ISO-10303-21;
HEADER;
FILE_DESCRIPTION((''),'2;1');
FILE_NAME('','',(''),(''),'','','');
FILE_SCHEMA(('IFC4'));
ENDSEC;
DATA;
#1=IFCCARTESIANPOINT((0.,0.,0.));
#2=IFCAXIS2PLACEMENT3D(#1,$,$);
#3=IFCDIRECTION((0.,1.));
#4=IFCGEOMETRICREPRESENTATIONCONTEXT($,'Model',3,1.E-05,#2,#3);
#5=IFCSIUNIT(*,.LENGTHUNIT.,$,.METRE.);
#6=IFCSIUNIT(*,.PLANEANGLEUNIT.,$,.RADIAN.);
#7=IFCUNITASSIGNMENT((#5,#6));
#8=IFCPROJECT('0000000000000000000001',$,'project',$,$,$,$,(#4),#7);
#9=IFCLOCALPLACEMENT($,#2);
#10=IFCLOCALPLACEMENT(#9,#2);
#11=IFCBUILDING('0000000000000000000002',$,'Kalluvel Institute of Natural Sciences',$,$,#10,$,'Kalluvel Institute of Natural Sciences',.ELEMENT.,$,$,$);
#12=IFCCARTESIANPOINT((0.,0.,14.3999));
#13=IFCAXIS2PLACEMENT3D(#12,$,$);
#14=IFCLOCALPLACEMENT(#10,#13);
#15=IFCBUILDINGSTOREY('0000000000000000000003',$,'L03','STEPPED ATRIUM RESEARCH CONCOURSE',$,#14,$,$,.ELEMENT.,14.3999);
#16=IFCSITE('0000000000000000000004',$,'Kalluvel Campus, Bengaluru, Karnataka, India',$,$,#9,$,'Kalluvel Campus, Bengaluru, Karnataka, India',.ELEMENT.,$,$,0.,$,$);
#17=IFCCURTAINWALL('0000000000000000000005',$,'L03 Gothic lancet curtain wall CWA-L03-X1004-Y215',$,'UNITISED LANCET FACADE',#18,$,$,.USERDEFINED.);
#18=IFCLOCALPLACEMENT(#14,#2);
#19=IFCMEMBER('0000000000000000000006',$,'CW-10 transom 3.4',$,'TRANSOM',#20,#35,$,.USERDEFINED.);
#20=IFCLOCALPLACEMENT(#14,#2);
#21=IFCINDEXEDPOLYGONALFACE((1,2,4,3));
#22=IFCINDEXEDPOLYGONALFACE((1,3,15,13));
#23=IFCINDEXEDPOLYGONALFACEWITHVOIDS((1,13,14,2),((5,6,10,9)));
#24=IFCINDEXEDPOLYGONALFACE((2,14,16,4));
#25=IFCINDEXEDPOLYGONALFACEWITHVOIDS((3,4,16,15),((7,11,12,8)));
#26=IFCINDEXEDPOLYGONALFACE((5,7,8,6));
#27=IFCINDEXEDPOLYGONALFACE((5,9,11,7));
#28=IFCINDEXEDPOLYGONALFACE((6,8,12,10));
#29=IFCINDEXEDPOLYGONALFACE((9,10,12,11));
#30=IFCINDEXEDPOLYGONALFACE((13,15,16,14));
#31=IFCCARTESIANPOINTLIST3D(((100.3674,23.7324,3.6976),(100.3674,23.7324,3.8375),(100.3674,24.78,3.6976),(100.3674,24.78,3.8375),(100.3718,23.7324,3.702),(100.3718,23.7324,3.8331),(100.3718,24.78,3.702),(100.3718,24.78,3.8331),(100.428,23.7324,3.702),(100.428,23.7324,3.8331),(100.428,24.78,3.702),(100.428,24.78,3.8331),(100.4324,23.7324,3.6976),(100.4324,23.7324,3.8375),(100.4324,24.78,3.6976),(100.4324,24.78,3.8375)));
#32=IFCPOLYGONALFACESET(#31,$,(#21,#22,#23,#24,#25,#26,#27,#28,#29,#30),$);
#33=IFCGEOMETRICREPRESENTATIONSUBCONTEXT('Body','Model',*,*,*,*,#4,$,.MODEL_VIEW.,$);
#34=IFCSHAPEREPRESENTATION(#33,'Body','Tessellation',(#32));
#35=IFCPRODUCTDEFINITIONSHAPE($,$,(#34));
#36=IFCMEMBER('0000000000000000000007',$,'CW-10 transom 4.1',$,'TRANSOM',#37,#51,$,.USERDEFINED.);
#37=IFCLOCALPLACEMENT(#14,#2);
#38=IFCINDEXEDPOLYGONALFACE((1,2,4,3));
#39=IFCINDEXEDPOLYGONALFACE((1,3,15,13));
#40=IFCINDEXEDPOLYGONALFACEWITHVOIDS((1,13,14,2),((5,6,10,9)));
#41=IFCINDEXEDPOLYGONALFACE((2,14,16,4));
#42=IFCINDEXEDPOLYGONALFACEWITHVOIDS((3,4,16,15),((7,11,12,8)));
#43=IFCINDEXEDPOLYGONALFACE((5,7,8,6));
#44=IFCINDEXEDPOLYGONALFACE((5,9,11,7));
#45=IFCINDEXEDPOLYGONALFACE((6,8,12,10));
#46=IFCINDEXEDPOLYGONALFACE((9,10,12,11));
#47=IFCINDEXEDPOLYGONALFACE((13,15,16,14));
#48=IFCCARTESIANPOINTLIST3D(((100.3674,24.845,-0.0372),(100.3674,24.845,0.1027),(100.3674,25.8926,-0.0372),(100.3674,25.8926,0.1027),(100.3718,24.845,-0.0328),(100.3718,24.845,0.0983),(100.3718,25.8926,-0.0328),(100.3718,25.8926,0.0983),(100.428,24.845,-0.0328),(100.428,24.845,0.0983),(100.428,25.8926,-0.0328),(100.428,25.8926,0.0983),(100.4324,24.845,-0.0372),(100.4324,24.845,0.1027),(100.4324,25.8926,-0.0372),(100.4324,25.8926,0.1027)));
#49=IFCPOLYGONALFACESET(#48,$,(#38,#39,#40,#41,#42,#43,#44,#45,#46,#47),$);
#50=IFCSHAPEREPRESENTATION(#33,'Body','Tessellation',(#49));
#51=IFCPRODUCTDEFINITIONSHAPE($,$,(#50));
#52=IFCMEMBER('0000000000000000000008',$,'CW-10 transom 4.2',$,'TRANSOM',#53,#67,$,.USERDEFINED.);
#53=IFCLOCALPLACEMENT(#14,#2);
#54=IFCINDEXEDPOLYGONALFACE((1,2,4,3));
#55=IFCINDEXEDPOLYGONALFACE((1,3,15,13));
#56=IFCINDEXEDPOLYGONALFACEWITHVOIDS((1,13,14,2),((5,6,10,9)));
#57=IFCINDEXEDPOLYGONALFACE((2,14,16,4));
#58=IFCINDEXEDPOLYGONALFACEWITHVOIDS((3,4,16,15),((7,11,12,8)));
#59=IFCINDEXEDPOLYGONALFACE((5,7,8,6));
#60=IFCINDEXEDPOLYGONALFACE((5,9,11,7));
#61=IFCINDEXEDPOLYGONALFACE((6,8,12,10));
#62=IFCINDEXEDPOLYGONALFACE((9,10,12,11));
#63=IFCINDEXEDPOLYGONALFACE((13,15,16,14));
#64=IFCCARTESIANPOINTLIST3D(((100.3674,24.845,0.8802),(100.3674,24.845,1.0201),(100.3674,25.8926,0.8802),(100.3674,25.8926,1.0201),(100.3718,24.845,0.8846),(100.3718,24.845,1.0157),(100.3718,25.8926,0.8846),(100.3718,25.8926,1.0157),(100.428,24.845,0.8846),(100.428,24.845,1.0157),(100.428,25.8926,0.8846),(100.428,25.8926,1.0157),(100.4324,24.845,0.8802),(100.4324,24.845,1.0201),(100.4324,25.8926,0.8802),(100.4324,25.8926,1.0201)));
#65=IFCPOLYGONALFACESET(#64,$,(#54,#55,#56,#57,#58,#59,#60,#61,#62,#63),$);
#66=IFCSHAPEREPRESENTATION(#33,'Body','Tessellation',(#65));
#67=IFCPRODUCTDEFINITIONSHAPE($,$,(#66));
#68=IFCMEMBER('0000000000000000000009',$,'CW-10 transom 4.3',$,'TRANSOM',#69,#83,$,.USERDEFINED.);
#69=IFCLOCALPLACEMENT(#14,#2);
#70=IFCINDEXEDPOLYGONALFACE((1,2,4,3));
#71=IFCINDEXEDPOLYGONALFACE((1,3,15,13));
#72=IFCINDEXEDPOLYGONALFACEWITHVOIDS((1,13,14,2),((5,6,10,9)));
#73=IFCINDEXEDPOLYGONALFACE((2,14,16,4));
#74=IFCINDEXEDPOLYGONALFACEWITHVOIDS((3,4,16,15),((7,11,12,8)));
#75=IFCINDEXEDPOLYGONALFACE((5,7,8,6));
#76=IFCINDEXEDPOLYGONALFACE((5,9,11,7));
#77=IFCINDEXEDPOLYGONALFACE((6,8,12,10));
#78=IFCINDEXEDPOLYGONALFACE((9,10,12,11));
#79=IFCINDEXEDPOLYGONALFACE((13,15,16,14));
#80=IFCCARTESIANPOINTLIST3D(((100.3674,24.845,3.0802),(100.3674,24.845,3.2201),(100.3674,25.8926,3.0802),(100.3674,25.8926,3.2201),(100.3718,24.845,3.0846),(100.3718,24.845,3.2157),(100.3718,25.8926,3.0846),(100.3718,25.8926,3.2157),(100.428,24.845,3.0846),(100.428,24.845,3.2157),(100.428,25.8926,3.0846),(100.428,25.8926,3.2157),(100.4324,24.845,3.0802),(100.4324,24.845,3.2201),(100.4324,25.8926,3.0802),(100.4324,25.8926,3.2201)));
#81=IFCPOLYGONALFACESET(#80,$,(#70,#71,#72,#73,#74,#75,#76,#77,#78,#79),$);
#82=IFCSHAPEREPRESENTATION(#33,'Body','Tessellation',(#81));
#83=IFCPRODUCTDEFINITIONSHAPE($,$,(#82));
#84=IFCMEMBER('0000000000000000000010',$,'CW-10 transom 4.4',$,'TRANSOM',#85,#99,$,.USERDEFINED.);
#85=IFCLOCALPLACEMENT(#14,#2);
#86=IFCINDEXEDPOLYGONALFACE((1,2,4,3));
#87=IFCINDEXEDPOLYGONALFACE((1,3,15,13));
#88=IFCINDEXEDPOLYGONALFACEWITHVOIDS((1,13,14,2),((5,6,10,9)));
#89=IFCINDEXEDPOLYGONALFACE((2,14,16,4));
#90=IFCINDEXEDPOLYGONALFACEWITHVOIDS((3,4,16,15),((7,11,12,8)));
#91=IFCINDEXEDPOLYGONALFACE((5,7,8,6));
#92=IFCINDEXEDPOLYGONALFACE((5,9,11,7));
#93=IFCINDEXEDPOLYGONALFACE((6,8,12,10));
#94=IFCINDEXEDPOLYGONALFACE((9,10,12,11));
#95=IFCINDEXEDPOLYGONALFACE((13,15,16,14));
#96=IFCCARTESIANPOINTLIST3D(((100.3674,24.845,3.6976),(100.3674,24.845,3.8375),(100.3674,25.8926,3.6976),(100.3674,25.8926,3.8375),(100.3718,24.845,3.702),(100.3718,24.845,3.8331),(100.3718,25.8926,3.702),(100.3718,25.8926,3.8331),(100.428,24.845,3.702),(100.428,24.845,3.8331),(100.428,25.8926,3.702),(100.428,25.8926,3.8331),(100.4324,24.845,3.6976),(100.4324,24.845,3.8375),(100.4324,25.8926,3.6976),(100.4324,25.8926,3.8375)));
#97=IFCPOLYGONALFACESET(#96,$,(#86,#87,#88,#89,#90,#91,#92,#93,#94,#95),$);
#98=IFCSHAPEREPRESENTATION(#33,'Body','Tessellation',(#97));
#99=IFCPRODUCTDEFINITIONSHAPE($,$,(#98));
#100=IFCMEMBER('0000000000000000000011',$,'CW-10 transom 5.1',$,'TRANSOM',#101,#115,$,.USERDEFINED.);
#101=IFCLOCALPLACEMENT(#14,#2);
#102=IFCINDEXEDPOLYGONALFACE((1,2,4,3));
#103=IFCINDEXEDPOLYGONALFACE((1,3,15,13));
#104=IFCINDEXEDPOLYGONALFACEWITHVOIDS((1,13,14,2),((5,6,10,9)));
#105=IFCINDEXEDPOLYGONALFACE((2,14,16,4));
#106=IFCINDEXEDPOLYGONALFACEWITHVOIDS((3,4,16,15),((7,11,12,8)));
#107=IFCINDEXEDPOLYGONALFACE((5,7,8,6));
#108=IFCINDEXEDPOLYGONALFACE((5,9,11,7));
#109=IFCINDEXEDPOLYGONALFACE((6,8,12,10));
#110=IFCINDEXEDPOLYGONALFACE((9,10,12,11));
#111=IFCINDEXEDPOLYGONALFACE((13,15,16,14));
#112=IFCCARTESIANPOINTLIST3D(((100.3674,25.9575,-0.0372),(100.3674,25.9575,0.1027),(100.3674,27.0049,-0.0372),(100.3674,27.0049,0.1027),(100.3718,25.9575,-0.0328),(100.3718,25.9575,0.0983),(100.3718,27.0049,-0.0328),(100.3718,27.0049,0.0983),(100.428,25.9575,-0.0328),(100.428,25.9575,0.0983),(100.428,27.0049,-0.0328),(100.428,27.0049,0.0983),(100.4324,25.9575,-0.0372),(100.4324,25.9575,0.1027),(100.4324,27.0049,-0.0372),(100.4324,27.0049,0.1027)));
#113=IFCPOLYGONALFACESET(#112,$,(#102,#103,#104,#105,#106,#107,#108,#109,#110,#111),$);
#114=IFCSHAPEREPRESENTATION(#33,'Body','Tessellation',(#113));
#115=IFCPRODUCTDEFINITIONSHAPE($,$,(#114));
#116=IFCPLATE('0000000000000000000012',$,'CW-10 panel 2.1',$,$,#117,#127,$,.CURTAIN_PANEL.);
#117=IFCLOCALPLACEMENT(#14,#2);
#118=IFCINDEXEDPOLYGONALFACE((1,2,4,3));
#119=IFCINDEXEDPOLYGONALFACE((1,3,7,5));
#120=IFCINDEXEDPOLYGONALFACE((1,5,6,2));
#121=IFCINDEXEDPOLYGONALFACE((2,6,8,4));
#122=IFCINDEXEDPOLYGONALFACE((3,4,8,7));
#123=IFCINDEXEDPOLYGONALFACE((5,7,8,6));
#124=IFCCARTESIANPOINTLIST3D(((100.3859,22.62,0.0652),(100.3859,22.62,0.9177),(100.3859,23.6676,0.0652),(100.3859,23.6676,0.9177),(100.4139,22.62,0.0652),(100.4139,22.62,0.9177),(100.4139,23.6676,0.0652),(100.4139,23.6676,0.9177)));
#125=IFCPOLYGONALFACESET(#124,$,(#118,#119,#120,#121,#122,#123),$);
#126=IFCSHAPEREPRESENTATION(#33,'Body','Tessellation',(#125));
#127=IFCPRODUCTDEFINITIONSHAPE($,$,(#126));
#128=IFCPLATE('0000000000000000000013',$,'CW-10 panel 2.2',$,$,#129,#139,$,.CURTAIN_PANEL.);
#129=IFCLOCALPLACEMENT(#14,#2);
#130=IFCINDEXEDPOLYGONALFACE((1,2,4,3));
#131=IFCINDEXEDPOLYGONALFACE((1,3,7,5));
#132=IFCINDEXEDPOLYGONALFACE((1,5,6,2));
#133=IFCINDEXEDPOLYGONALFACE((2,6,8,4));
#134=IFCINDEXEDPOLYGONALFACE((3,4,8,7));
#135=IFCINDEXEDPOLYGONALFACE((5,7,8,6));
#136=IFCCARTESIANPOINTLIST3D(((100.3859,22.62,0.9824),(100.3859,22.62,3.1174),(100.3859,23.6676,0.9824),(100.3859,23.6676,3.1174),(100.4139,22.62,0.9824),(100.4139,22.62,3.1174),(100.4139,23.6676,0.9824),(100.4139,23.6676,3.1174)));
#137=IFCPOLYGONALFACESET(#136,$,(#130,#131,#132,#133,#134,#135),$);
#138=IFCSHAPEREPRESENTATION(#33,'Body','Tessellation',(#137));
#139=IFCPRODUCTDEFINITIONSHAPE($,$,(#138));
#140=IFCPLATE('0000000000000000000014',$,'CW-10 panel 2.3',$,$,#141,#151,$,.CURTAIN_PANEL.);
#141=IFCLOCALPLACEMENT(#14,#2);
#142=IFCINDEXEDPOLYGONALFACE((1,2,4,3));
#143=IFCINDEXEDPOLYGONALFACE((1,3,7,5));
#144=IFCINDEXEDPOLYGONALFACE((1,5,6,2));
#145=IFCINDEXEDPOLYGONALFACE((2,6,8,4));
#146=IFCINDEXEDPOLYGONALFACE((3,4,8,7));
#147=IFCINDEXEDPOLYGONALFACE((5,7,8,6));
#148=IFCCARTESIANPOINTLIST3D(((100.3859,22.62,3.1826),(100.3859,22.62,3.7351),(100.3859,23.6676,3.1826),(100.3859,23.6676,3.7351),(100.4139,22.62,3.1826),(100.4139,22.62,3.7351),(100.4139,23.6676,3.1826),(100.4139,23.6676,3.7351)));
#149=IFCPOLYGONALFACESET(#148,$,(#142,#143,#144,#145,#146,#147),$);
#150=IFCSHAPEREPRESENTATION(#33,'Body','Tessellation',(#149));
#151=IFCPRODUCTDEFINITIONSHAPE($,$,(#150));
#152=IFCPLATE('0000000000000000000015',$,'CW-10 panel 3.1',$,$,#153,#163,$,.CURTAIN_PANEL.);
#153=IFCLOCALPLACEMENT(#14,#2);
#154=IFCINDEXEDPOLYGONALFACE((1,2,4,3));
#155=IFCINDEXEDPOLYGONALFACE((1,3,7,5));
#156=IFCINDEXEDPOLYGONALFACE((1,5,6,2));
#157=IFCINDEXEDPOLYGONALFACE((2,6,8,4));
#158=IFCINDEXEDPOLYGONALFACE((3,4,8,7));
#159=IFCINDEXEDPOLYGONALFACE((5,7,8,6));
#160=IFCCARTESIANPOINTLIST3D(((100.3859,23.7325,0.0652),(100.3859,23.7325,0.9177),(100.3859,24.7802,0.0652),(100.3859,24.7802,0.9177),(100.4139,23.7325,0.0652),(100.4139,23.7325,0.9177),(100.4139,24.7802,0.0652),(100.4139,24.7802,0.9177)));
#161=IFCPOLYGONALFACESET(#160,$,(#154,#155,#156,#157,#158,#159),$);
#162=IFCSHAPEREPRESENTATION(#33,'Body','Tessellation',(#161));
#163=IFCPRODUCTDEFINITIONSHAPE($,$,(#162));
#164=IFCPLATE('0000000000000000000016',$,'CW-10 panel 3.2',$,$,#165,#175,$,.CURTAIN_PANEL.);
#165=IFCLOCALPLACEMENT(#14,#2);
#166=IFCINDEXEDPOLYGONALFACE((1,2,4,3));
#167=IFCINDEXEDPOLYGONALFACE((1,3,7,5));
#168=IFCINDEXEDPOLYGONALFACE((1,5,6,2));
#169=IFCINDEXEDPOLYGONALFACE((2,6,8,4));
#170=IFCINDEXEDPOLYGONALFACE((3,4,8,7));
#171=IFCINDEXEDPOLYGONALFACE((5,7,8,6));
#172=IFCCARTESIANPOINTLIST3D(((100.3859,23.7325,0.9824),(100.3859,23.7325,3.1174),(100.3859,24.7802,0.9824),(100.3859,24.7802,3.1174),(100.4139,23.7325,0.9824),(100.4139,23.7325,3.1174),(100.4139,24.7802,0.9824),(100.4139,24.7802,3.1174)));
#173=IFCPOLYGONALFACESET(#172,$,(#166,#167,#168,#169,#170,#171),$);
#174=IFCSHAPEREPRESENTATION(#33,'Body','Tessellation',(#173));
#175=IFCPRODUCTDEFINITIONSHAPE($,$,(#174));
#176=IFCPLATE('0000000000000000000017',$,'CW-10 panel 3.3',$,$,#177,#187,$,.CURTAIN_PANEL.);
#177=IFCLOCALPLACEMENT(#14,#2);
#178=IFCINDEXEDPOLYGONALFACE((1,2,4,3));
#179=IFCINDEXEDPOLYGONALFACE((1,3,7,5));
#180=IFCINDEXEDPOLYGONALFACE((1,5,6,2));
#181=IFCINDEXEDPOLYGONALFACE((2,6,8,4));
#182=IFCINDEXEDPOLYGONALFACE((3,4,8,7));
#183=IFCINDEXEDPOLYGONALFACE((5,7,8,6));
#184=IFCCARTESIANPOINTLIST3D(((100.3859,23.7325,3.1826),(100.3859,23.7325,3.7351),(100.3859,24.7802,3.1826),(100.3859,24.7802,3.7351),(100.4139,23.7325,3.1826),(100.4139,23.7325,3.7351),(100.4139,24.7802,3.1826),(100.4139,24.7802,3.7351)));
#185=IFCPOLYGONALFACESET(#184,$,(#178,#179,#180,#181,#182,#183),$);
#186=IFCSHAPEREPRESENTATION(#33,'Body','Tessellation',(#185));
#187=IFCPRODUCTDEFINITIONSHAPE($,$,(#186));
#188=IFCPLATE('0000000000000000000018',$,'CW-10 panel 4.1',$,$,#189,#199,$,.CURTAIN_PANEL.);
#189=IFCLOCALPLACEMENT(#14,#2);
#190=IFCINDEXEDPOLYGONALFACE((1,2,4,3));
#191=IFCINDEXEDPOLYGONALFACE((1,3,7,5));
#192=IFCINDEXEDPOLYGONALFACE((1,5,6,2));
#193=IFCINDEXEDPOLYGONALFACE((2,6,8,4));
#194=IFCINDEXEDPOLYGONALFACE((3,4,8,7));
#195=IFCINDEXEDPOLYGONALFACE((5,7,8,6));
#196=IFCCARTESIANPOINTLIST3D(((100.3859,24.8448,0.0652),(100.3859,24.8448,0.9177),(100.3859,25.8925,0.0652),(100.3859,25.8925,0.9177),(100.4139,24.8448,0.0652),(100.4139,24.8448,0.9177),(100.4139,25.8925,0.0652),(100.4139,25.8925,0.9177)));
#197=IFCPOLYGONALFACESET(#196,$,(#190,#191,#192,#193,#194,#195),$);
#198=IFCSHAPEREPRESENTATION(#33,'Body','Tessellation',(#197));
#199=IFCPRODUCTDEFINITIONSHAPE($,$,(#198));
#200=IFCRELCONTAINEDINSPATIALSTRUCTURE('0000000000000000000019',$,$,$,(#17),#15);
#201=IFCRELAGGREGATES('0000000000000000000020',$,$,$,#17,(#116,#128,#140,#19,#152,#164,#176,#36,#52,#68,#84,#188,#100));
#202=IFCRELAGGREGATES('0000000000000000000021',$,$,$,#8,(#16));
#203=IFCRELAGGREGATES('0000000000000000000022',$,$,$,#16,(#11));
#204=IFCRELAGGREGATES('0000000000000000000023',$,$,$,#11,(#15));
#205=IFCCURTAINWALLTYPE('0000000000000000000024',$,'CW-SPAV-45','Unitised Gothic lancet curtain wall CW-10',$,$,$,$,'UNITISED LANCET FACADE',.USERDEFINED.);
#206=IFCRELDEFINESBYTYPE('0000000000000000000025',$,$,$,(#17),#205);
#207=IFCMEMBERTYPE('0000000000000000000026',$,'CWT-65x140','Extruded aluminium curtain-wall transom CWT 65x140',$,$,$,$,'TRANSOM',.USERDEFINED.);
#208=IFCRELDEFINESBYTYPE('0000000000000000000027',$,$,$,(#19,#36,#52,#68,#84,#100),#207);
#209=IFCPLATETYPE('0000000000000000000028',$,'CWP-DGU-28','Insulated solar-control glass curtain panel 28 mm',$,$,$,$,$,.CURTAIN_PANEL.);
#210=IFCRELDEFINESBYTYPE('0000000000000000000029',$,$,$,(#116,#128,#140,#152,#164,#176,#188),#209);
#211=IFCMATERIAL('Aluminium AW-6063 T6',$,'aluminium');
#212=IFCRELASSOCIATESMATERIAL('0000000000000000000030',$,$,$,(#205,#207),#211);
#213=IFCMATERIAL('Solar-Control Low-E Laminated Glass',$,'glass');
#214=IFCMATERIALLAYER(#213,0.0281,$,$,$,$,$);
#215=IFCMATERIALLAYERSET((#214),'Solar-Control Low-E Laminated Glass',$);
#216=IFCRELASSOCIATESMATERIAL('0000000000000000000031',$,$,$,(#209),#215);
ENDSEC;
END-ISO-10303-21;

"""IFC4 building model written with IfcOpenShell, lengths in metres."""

from ifc_helpers import new_model, si_unit, direction, frame, origin, origin_2d, place, context, subcontext, project, spatial, rectangle, hollow_rectangle, extrude, material, layer, layer_set, material_profile, profile_set, type_object, element, aggregate, save


model = new_model("IFC4")

# Units and contexts
model_context = context("Model", 3, precision=1e-05, world=origin(), true_north=direction((0.0, 1.0)))
body_context = subcontext(model_context, "Body", "Model", "MODEL_VIEW")
ifc_project = project(units=[si_unit("LENGTHUNIT", "METRE"), si_unit("PLANEANGLEUNIT", "RADIAN")], contexts=[model_context])

# Site, building, storey
site_placement = place(None, origin())
site = spatial("IfcSite", under=ifc_project, at=site_placement, Name="Kalluvel Campus, Bengaluru, Karnataka, India", LongName="Kalluvel Campus, Bengaluru, Karnataka, India", CompositionType="ELEMENT", RefElevation=0.0)
building_placement = place(site_placement, origin())
building = spatial("IfcBuilding", under=site, at=building_placement, Name="Kalluvel Institute of Natural Sciences", LongName="Kalluvel Institute of Natural Sciences", CompositionType="ELEMENT")
storey_placement = place(building_placement, frame((0.0, 0.0, 14.3999)))
storey = spatial("IfcBuildingStorey", under=building, at=storey_placement, Name="L03", Description="STEPPED ATRIUM RESEARCH CONCOURSE", CompositionType="ELEMENT", Elevation=14.3999)

# Curtain wall, members, plates
ifc_material_1 = material(Name="Aluminium AW-6063 T6", Category="aluminium")
curtain_wall_type = type_object("IfcCurtainWallType", Name="CW-SPAV-45", Description="Unitised Gothic lancet curtain wall CW-10", ElementType="UNITISED LANCET FACADE", PredefinedType="USERDEFINED", material=ifc_material_1)
curtain_wall_placement = place(storey_placement, origin())
curtain_wall = element("IfcCurtainWall", 1, at=curtain_wall_placement, inside=storey, type_object=curtain_wall_type, Name="L03 Gothic lancet curtain wall CWA-L03-X1004-Y215", ObjectType="UNITISED LANCET FACADE", PredefinedType="USERDEFINED")
ifc_material_profile_1 = material_profile(ifc_material_1, hollow_rectangle(XDim=0.0649, YDim=0.1399, WallThickness=0.0044, at=origin_2d()), Name="CWT 65x140")
ifc_profile_set_1 = profile_set([ifc_material_profile_1], Name="Aluminium AW-6063 T6")
member_type_1 = type_object("IfcMemberType", Name="CWT-65x140", Description="Extruded aluminium curtain-wall transom CWT 65x140", ElementType="TRANSOM", PredefinedType="USERDEFINED", material=ifc_profile_set_1)
member_1_placement = place(storey_placement, frame((100.3999, 23.7324, 3.7676), z_axis=(0.0, 1.0, 0.0), x_axis=(-1.0, 0.0, 0.0)))
member_1 = element("IfcMember", 2, at=member_1_placement, type_object=member_type_1, Name="CW-10 transom 3.4", ObjectType="TRANSOM", PredefinedType="USERDEFINED", context=body_context, shape_type="SweptSolid", body=[
    extrude(hollow_rectangle(XDim=0.0649, YDim=0.1399, WallThickness=0.0044, at=origin_2d()), origin(), (0.0, 0.0, 1.0), 1.0476),
])
member_2_placement = place(storey_placement, frame((100.3999, 24.845, 0.0327), z_axis=(0.0, 1.0, 0.0), x_axis=(-1.0, 0.0, 0.0)))
member_2 = element("IfcMember", 3, at=member_2_placement, type_object=member_type_1, Name="CW-10 transom 4.1", ObjectType="TRANSOM", PredefinedType="USERDEFINED", context=body_context, shape_type="SweptSolid", body=[
    extrude(hollow_rectangle(XDim=0.0649, YDim=0.1399, WallThickness=0.0044, at=origin_2d()), origin(), (0.0, 0.0, 1.0), 1.0476),
])
member_3_placement = place(storey_placement, frame((100.3999, 24.845, 0.9502), z_axis=(0.0, 1.0, 0.0), x_axis=(-1.0, 0.0, 0.0)))
member_3 = element("IfcMember", 4, at=member_3_placement, type_object=member_type_1, Name="CW-10 transom 4.2", ObjectType="TRANSOM", PredefinedType="USERDEFINED", context=body_context, shape_type="SweptSolid", body=[
    extrude(hollow_rectangle(XDim=0.0649, YDim=0.1399, WallThickness=0.0044, at=origin_2d()), origin(), (0.0, 0.0, 1.0), 1.0476),
])
member_4_placement = place(storey_placement, frame((100.3999, 24.845, 3.1501), z_axis=(0.0, 1.0, 0.0), x_axis=(-1.0, 0.0, 0.0)))
member_4 = element("IfcMember", 5, at=member_4_placement, type_object=member_type_1, Name="CW-10 transom 4.3", ObjectType="TRANSOM", PredefinedType="USERDEFINED", context=body_context, shape_type="SweptSolid", body=[
    extrude(hollow_rectangle(XDim=0.0649, YDim=0.1399, WallThickness=0.0044, at=origin_2d()), origin(), (0.0, 0.0, 1.0), 1.0476),
])
member_5_placement = place(storey_placement, frame((100.3999, 24.845, 3.7676), z_axis=(0.0, 1.0, 0.0), x_axis=(-1.0, 0.0, 0.0)))
member_5 = element("IfcMember", 6, at=member_5_placement, type_object=member_type_1, Name="CW-10 transom 4.4", ObjectType="TRANSOM", PredefinedType="USERDEFINED", context=body_context, shape_type="SweptSolid", body=[
    extrude(hollow_rectangle(XDim=0.0649, YDim=0.1399, WallThickness=0.0044, at=origin_2d()), origin(), (0.0, 0.0, 1.0), 1.0476),
])
member_6_placement = place(storey_placement, frame((100.3999, 25.9575, 0.0327), z_axis=(0.0, 1.0, 0.0), x_axis=(-1.0, 0.0, 0.0)))
member_6 = element("IfcMember", 7, at=member_6_placement, type_object=member_type_1, Name="CW-10 transom 5.1", ObjectType="TRANSOM", PredefinedType="USERDEFINED", context=body_context, shape_type="SweptSolid", body=[
    extrude(hollow_rectangle(XDim=0.0649, YDim=0.1399, WallThickness=0.0044, at=origin_2d()), origin(), (0.0, 0.0, 1.0), 1.0474),
])
ifc_material_2 = material(Name="Solar-Control Low-E Laminated Glass", Category="glass")
ifc_layer = layer(ifc_material_2, 0.0281)
ifc_layer_set = layer_set([ifc_layer], Name="Solar-Control Low-E Laminated Glass")
plate_type = type_object("IfcPlateType", Name="CWP-DGU-28", Description="Insulated solar-control glass curtain panel 28 mm", PredefinedType="CURTAIN_PANEL", material=ifc_layer_set)
plate_1_placement = place(storey_placement, frame((100.3999, 23.1438, 0.0652), z_axis=(0.0, 0.0, 1.0), x_axis=(0.0, 1.0, 0.0)))
plate_1 = element("IfcPlate", 8, at=plate_1_placement, type_object=plate_type, Name="CW-10 panel 2.1", PredefinedType="CURTAIN_PANEL", context=body_context, shape_type="SweptSolid", body=[
    extrude(rectangle(XDim=1.0476, YDim=0.0281, at=origin_2d()), origin(), (0.0, 0.0, 1.0), 0.8525),
])
plate_2_placement = place(storey_placement, frame((100.3999, 23.1438, 0.9824), z_axis=(0.0, 0.0, 1.0), x_axis=(0.0, 1.0, 0.0)))
plate_2 = element("IfcPlate", 9, at=plate_2_placement, type_object=plate_type, Name="CW-10 panel 2.2", PredefinedType="CURTAIN_PANEL", context=body_context, shape_type="SweptSolid", body=[
    extrude(rectangle(XDim=1.0476, YDim=0.0281, at=origin_2d()), origin(), (0.0, 0.0, 1.0), 2.135),
])
plate_3_placement = place(storey_placement, frame((100.3999, 23.1438, 3.1826), z_axis=(0.0, 0.0, 1.0), x_axis=(0.0, 1.0, 0.0)))
plate_3 = element("IfcPlate", 10, at=plate_3_placement, type_object=plate_type, Name="CW-10 panel 2.3", PredefinedType="CURTAIN_PANEL", context=body_context, shape_type="SweptSolid", body=[
    extrude(rectangle(XDim=1.0476, YDim=0.0281, at=origin_2d()), origin(), (0.0, 0.0, 1.0), 0.5525),
])
plate_4_placement = place(storey_placement, frame((100.3999, 24.2563, 0.0652), z_axis=(0.0, 0.0, 1.0), x_axis=(0.0, 1.0, 0.0)))
plate_4 = element("IfcPlate", 11, at=plate_4_placement, type_object=plate_type, Name="CW-10 panel 3.1", PredefinedType="CURTAIN_PANEL", context=body_context, shape_type="SweptSolid", body=[
    extrude(rectangle(XDim=1.0476, YDim=0.0281, at=origin_2d()), origin(), (0.0, 0.0, 1.0), 0.8525),
])
plate_5_placement = place(storey_placement, frame((100.3999, 24.2563, 0.9824), z_axis=(0.0, 0.0, 1.0), x_axis=(0.0, 1.0, 0.0)))
plate_5 = element("IfcPlate", 12, at=plate_5_placement, type_object=plate_type, Name="CW-10 panel 3.2", PredefinedType="CURTAIN_PANEL", context=body_context, shape_type="SweptSolid", body=[
    extrude(rectangle(XDim=1.0476, YDim=0.0281, at=origin_2d()), origin(), (0.0, 0.0, 1.0), 2.135),
])
plate_6_placement = place(storey_placement, frame((100.3999, 24.2563, 3.1826), z_axis=(0.0, 0.0, 1.0), x_axis=(0.0, 1.0, 0.0)))
plate_6 = element("IfcPlate", 13, at=plate_6_placement, type_object=plate_type, Name="CW-10 panel 3.3", PredefinedType="CURTAIN_PANEL", context=body_context, shape_type="SweptSolid", body=[
    extrude(rectangle(XDim=1.0476, YDim=0.0281, at=origin_2d()), origin(), (0.0, 0.0, 1.0), 0.5525),
])
plate_7_placement = place(storey_placement, frame((100.3999, 25.3687, 0.0652), z_axis=(0.0, 0.0, 1.0), x_axis=(0.0, 1.0, 0.0)))
plate_7 = element("IfcPlate", 14, at=plate_7_placement, type_object=plate_type, Name="CW-10 panel 4.1", PredefinedType="CURTAIN_PANEL", context=body_context, shape_type="SweptSolid", body=[
    extrude(rectangle(XDim=1.0476, YDim=0.0281, at=origin_2d()), origin(), (0.0, 0.0, 1.0), 0.8525),
])
aggregate(curtain_wall, [plate_1, plate_2, plate_3, member_1, plate_4, plate_5, plate_6, member_2, member_3, member_4, member_5, plate_7, member_6])

save(model, "model.ifc")
